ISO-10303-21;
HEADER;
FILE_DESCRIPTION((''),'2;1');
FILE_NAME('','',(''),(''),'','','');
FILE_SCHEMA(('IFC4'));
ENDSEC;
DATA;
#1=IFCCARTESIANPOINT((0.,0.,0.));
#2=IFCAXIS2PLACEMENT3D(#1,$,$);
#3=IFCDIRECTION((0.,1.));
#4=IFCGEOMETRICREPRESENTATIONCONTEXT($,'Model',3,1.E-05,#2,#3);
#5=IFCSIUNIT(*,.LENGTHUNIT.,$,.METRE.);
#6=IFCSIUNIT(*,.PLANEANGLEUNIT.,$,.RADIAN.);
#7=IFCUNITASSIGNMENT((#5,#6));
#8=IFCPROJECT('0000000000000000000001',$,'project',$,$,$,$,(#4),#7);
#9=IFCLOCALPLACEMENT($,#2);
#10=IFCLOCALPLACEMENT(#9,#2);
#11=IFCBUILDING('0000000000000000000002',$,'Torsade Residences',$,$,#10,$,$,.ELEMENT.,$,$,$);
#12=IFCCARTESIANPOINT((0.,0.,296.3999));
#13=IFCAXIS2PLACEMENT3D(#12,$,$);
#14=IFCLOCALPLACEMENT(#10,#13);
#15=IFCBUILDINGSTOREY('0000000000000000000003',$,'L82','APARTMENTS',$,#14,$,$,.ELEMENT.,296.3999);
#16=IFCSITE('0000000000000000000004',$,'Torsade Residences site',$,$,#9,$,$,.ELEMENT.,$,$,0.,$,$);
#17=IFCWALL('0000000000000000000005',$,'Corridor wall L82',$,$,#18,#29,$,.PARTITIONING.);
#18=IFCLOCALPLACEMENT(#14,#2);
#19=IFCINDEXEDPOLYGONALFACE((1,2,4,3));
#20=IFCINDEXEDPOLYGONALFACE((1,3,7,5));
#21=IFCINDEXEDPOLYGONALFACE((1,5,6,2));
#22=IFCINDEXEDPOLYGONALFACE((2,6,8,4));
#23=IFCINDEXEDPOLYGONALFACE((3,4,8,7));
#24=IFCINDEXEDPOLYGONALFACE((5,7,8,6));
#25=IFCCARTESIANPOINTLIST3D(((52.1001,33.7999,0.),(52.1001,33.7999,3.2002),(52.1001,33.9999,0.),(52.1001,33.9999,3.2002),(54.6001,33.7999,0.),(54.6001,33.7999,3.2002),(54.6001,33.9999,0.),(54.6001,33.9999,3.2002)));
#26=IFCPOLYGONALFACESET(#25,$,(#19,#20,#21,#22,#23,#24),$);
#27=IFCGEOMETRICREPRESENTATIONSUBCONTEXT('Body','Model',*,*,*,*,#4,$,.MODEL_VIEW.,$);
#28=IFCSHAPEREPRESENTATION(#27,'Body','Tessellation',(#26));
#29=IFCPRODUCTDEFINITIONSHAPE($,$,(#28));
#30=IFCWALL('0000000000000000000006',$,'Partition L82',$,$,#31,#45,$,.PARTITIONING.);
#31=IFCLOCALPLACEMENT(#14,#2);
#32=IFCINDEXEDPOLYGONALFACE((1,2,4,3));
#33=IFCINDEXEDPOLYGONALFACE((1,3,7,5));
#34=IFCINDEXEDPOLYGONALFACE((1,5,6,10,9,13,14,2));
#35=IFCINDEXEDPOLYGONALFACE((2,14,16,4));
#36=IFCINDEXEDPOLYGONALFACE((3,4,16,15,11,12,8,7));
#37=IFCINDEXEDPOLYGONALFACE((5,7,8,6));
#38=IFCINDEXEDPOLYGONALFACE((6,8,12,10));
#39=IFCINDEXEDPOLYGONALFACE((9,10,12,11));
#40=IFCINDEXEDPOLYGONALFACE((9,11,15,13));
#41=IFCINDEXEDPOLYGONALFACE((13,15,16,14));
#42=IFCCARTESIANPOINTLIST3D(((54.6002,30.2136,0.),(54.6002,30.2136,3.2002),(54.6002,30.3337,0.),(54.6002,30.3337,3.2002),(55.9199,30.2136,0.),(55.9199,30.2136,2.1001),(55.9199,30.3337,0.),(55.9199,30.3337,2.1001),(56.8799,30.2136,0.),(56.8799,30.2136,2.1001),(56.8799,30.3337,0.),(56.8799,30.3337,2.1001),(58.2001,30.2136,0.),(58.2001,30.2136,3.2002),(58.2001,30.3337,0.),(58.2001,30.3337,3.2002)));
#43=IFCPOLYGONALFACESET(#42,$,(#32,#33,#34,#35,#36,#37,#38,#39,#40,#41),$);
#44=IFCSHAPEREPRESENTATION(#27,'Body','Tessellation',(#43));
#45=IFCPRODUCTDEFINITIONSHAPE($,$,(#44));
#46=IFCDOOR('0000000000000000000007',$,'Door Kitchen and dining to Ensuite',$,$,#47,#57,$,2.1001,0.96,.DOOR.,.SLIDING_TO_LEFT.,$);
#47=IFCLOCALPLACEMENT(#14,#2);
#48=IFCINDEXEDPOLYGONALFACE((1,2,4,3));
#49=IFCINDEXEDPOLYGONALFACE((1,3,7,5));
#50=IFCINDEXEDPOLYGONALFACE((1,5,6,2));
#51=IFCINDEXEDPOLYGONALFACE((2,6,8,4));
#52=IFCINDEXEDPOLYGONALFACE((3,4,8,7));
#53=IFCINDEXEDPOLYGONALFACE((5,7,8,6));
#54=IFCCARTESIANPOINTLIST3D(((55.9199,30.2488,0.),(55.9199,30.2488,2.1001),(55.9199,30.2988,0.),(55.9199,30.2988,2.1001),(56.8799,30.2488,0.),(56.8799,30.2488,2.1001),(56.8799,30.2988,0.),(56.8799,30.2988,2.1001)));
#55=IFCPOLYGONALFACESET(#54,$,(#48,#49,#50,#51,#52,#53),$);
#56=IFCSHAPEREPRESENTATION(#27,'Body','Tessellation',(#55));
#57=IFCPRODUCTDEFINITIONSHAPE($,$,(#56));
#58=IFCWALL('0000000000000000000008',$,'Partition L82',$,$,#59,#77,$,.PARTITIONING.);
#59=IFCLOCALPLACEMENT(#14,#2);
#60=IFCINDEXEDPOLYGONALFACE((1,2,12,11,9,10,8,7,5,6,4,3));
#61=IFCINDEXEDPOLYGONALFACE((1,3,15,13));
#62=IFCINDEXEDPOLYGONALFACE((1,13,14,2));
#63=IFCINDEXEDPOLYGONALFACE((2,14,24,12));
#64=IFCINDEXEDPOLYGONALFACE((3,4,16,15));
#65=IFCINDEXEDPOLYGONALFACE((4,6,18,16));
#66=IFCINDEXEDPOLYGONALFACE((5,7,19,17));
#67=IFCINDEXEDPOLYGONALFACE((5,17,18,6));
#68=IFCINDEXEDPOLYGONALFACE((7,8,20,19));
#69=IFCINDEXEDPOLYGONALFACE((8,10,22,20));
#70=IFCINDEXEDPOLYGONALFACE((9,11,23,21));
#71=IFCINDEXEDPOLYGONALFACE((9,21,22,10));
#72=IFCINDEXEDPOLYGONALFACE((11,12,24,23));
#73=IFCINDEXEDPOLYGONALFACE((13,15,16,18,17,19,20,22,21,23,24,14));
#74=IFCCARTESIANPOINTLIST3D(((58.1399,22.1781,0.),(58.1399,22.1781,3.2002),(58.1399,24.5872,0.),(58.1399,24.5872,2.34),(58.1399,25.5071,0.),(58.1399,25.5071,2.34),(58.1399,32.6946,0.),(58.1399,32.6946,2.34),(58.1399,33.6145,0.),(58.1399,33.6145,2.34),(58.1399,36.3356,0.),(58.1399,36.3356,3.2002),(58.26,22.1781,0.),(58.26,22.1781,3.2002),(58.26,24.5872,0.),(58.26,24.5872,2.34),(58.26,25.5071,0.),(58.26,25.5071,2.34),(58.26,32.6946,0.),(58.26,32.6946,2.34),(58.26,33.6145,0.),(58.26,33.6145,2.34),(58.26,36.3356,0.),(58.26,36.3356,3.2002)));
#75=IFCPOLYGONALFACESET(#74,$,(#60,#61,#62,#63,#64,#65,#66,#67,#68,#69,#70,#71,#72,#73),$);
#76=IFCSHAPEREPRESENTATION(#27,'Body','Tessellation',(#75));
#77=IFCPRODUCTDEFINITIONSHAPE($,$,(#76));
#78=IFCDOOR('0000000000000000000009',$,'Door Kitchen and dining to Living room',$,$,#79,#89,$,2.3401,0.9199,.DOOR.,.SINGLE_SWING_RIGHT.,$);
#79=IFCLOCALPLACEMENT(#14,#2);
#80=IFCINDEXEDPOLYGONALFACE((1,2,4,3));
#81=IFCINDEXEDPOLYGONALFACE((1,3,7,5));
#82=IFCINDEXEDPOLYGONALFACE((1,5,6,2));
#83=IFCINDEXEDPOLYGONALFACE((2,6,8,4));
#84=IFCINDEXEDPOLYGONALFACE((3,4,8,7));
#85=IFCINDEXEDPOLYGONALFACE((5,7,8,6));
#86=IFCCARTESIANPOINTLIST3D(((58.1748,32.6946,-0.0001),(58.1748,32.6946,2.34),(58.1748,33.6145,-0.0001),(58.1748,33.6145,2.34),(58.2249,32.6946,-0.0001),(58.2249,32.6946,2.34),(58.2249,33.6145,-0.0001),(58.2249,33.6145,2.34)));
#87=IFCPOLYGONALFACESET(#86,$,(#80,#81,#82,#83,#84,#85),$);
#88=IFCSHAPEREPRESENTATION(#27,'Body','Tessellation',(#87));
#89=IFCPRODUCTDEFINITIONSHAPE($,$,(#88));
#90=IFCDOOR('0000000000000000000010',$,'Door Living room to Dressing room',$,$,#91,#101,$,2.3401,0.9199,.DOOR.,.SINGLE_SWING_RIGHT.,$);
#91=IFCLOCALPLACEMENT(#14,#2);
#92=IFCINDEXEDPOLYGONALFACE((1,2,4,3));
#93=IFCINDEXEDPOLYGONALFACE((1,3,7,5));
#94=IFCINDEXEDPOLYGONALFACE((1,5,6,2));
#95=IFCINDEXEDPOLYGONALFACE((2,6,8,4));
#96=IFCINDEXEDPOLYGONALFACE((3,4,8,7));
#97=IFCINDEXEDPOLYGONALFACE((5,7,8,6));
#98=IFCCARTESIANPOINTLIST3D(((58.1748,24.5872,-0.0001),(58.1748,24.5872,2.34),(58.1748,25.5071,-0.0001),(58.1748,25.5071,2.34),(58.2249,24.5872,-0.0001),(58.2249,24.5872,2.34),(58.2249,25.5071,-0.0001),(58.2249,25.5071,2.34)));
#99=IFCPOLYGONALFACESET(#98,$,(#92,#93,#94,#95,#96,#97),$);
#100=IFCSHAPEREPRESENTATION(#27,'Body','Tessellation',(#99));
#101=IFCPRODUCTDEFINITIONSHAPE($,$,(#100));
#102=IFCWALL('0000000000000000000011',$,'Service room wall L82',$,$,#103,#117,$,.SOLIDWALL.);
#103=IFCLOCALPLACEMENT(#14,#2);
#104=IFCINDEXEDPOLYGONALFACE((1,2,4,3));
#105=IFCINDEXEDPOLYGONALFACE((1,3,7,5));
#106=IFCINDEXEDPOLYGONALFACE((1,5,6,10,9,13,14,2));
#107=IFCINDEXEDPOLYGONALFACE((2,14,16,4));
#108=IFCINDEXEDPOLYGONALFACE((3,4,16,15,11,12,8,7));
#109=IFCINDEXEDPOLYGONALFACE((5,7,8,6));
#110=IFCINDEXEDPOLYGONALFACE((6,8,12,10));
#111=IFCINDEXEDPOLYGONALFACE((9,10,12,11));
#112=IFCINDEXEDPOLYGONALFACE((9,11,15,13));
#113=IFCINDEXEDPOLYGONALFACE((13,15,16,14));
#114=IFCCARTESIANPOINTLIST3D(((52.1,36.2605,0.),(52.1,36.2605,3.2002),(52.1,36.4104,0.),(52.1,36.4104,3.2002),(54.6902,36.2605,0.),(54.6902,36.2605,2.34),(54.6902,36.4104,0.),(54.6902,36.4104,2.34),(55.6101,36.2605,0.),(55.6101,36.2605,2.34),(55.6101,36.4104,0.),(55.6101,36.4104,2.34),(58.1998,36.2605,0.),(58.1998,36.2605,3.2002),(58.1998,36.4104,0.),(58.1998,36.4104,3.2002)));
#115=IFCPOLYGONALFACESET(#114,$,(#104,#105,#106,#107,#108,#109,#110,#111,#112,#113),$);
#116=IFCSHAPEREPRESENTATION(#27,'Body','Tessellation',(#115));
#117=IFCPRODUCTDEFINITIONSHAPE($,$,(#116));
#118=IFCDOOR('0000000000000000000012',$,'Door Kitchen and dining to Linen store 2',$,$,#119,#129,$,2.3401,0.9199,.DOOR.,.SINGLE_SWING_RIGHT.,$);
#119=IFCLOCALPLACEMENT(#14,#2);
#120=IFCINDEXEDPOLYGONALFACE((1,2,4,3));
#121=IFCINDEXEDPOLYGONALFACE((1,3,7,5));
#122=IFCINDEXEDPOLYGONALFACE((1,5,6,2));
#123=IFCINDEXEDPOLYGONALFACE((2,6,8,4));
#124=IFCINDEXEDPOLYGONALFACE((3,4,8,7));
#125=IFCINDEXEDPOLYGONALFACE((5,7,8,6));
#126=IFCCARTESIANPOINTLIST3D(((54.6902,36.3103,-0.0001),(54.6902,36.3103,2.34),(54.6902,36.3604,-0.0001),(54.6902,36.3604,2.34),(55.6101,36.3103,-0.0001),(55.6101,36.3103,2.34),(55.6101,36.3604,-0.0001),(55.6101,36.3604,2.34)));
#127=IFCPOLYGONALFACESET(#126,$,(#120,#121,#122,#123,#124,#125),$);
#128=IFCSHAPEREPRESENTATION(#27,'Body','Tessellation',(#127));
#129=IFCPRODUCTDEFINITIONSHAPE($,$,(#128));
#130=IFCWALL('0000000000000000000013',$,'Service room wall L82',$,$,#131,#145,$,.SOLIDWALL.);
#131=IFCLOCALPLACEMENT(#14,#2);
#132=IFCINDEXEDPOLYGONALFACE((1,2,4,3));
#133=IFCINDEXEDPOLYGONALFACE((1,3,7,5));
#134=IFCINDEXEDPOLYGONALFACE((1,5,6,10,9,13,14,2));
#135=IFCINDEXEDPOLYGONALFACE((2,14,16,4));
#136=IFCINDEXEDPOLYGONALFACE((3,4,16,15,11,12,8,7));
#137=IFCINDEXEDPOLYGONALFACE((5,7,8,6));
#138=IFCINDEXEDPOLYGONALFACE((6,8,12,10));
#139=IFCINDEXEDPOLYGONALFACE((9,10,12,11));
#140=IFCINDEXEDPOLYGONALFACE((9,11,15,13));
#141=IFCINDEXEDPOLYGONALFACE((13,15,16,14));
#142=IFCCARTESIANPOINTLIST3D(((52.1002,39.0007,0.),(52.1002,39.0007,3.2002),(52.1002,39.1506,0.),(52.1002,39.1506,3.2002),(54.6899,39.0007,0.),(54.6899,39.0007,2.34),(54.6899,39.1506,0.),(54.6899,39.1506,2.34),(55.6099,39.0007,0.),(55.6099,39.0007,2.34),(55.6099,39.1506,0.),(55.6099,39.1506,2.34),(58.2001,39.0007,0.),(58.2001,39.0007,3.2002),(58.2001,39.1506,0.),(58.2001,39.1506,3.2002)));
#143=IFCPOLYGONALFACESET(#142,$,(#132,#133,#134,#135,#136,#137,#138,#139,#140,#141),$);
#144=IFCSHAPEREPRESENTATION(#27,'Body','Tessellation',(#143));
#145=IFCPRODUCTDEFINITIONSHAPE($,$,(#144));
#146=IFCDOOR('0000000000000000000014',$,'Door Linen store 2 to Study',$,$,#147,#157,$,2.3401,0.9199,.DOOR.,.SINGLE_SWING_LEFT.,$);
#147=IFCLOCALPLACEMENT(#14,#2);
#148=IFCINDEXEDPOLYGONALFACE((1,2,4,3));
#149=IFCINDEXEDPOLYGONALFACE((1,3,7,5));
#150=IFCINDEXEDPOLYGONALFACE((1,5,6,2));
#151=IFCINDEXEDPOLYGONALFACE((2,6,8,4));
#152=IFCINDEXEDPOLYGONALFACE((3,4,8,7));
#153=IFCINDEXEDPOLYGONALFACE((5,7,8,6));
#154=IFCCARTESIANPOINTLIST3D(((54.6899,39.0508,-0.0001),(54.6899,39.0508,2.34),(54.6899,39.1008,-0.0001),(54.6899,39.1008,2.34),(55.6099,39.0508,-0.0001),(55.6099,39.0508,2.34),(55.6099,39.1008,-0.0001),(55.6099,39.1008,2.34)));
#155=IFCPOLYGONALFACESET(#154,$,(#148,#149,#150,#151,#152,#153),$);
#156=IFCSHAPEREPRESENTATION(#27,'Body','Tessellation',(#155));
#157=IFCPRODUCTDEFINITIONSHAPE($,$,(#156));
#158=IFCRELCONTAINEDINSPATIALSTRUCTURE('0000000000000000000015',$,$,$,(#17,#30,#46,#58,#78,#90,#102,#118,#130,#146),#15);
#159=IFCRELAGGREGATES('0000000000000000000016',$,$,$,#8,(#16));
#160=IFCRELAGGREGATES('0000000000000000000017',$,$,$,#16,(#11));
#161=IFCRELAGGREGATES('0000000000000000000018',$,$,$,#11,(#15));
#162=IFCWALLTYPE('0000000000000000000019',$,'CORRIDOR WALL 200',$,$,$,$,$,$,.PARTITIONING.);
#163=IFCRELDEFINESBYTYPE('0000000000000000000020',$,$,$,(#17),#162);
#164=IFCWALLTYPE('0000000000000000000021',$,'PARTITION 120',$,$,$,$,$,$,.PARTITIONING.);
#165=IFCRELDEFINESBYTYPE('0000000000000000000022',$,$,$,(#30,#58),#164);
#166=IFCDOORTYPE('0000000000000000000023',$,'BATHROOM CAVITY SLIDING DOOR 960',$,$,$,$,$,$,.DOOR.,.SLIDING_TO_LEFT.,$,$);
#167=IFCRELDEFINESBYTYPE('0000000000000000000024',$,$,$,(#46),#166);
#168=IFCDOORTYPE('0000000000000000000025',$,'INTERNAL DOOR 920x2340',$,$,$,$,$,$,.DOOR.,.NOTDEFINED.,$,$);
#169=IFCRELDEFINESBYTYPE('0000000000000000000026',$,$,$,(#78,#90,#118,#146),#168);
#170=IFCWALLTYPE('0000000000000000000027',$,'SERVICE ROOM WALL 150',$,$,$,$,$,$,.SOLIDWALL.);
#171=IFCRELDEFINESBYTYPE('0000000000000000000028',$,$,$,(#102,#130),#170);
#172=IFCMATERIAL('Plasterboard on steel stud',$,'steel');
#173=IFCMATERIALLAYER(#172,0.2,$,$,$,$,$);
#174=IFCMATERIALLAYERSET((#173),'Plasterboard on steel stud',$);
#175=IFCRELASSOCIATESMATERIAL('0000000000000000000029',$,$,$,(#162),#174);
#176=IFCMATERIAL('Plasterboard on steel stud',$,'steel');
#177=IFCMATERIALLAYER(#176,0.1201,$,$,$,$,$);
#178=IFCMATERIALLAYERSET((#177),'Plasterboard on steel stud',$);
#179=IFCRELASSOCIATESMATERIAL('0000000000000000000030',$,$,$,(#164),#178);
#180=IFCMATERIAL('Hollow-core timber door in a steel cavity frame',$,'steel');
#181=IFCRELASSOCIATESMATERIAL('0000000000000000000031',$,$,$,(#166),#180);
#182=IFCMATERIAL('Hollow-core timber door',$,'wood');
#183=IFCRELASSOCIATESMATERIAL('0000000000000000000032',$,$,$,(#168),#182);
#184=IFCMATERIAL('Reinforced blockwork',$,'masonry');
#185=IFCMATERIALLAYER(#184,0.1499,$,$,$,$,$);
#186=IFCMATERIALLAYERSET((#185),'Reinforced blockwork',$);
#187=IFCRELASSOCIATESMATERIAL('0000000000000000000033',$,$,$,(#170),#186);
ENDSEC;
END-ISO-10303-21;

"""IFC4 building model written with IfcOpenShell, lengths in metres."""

from ifc_helpers import new_model, si_unit, direction, frame, frame_2d, origin, place, context, subcontext, project, spatial, rectangle, extrude, material, layer, layer_set, type_object, element, fill, save


model = new_model("IFC4")

# Units and contexts
model_context = context("Model", 3, precision=1e-05, world=origin(), true_north=direction((0.0, 1.0)))
body_context = subcontext(model_context, "Body", "Model", "MODEL_VIEW")
ifc_project = project(units=[si_unit("LENGTHUNIT", "METRE"), si_unit("PLANEANGLEUNIT", "RADIAN")], contexts=[model_context])

# Site, building, storey
site_placement = place(None, origin())
site = spatial("IfcSite", under=ifc_project, at=site_placement, Name="Torsade Residences site", CompositionType="ELEMENT", RefElevation=0.0)
building_placement = place(site_placement, origin())
building = spatial("IfcBuilding", under=site, at=building_placement, Name="Torsade Residences", CompositionType="ELEMENT")
storey_placement = place(building_placement, frame((0.0, 0.0, 296.3999)))
storey = spatial("IfcBuildingStorey", under=building, at=storey_placement, Name="L82", Description="APARTMENTS", CompositionType="ELEMENT", Elevation=296.3999)

# Wall
ifc_material_1 = material(Name="Plasterboard on steel stud", Category="steel")
ifc_layer_1 = layer(ifc_material_1, 0.2)
ifc_layer_set_1 = layer_set([ifc_layer_1], Name="Plasterboard on steel stud")
wall_type_1 = type_object("IfcWallType", Name="CORRIDOR WALL 200", PredefinedType="PARTITIONING", material=ifc_layer_set_1)
wall_1_placement = place(storey_placement, frame((52.1001, 33.8999, 0.0), z_axis=(0.0, 0.0, 1.0), x_axis=(1.0, 0.0, 0.0)))
element("IfcWall", 1, at=wall_1_placement, inside=storey, type_object=wall_type_1, Name="Corridor wall L82", PredefinedType="PARTITIONING", context=body_context, shape_type="SweptSolid", body=[
    extrude(rectangle(XDim=2.5, YDim=0.2, at=frame_2d((1.25, 0.0))), origin(), (0.0, 0.0, 1.0), 3.2002),
])

# Wall, opening, door
ifc_material_2 = material(Name="Plasterboard on steel stud", Category="steel")
ifc_layer_2 = layer(ifc_material_2, 0.1201)
ifc_layer_set_2 = layer_set([ifc_layer_2], Name="Plasterboard on steel stud")
wall_type_2 = type_object("IfcWallType", Name="PARTITION 120", PredefinedType="PARTITIONING", material=ifc_layer_set_2)
wall_2_placement = place(storey_placement, frame((58.2, 30.2737, 0.0), z_axis=(0.0, 0.0, 1.0), x_axis=(-1.0, 0.0, 0.0)))
wall_2 = element("IfcWall", 2, at=wall_2_placement, inside=storey, type_object=wall_type_2, Name="Partition L82", PredefinedType="PARTITIONING", context=body_context, shape_type="SweptSolid", body=[
    extrude(rectangle(XDim=3.5999, YDim=0.1201, at=frame_2d((1.7998, 0.0))), origin(), (0.0, 0.0, 1.0), 3.2002),
])
opening_1_placement = place(wall_2_placement, frame((1.3201, 0.0, 0.0)))
opening_1 = element("IfcOpeningElement", 3, at=opening_1_placement, cuts=wall_2, PredefinedType="OPENING", context=body_context, shape_type="SweptSolid", body=[
    extrude(rectangle(XDim=0.96, YDim=2.1001, at=frame_2d((0.48, 1.05))), frame((0.0, 0.0701, 0.0), z_axis=(0.0, -1.0, 0.0), x_axis=(1.0, 0.0, 0.0)), (0.0, 0.0, 1.0), 0.1401),
])
ifc_material_3 = material(Name="Hollow-core timber door in a steel cavity frame", Category="steel")
door_type_1 = type_object("IfcDoorType", Name="BATHROOM CAVITY SLIDING DOOR 960", OperationType="SLIDING_TO_LEFT", PredefinedType="DOOR", material=ifc_material_3)
door_1_placement = place(opening_1_placement, origin())
door_1 = element("IfcDoor", 4, at=door_1_placement, inside=storey, type_object=door_type_1, Name="Door Kitchen and dining to Ensuite", OperationType="SLIDING_TO_LEFT", OverallHeight=2.1001, OverallWidth=0.96, PredefinedType="DOOR", context=body_context, shape_type="SweptSolid", body=[
    extrude(rectangle(XDim=0.96, YDim=2.1001, at=frame_2d((0.48, 1.05))), frame((0.0, 0.0249, 0.0), z_axis=(0.0, -1.0, 0.0), x_axis=(1.0, 0.0, 0.0)), (0.0, 0.0, 1.0), 0.05),
])
fill(opening_1, door_1)

# Wall, openings, doors
wall_3_placement = place(storey_placement, frame((58.2, 36.3354, 0.0), z_axis=(0.0, 0.0, 1.0), x_axis=(0.0, -1.0, 0.0)))
wall_3 = element("IfcWall", 5, at=wall_3_placement, inside=storey, type_object=wall_type_2, Name="Partition L82", PredefinedType="PARTITIONING", context=body_context, shape_type="SweptSolid", body=[
    extrude(rectangle(XDim=14.1575, YDim=0.1201, at=frame_2d((7.0786, 0.0))), origin(), (0.0, 0.0, 1.0), 3.2002),
])
opening_2_placement = place(wall_3_placement, frame((2.7209, 0.0, 0.0)))
opening_2 = element("IfcOpeningElement", 6, at=opening_2_placement, cuts=wall_3, PredefinedType="OPENING", context=body_context, shape_type="SweptSolid", body=[
    extrude(rectangle(XDim=0.9199, YDim=2.3401, at=frame_2d((0.46, 1.1699))), frame((0.0, 0.0701, 0.0), z_axis=(0.0, -1.0, 0.0), x_axis=(1.0, 0.0, 0.0)), (0.0, 0.0, 1.0), 0.1401),
])
opening_3_placement = place(wall_3_placement, frame((10.8284, 0.0, 0.0)))
opening_3 = element("IfcOpeningElement", 7, at=opening_3_placement, cuts=wall_3, PredefinedType="OPENING", context=body_context, shape_type="SweptSolid", body=[
    extrude(rectangle(XDim=0.9199, YDim=2.3401, at=frame_2d((0.46, 1.1699))), frame((0.0, 0.0701, 0.0), z_axis=(0.0, -1.0, 0.0), x_axis=(1.0, 0.0, 0.0)), (0.0, 0.0, 1.0), 0.1401),
])
ifc_material_4 = material(Name="Hollow-core timber door", Category="wood")
door_type_2 = type_object("IfcDoorType", Name="INTERNAL DOOR 920x2340", OperationType="NOTDEFINED", PredefinedType="DOOR", material=ifc_material_4)
door_2_placement = place(opening_2_placement, origin())
door_2 = element("IfcDoor", 8, at=door_2_placement, inside=storey, type_object=door_type_2, Name="Door Kitchen and dining to Living room", OperationType="SINGLE_SWING_RIGHT", OverallHeight=2.3401, OverallWidth=0.9199, PredefinedType="DOOR", context=body_context, shape_type="SweptSolid", body=[
    extrude(rectangle(XDim=0.9199, YDim=2.3401, at=frame_2d((0.46, 1.1699))), frame((0.0, 0.0249, 0.0), z_axis=(0.0, -1.0, 0.0), x_axis=(1.0, 0.0, 0.0)), (0.0, 0.0, 1.0), 0.05),
])
fill(opening_2, door_2)
door_3_placement = place(opening_3_placement, origin())
door_3 = element("IfcDoor", 9, at=door_3_placement, inside=storey, type_object=door_type_2, Name="Door Living room to Dressing room", OperationType="SINGLE_SWING_RIGHT", OverallHeight=2.3401, OverallWidth=0.9199, PredefinedType="DOOR", context=body_context, shape_type="SweptSolid", body=[
    extrude(rectangle(XDim=0.9199, YDim=2.3401, at=frame_2d((0.46, 1.1699))), frame((0.0, 0.0249, 0.0), z_axis=(0.0, -1.0, 0.0), x_axis=(1.0, 0.0, 0.0)), (0.0, 0.0, 1.0), 0.05),
])
fill(opening_3, door_3)

# Walls, openings, doors
ifc_material_5 = material(Name="Reinforced blockwork", Category="masonry")
ifc_layer_3 = layer(ifc_material_5, 0.1499)
ifc_layer_set_3 = layer_set([ifc_layer_3], Name="Reinforced blockwork")
wall_type_3 = type_object("IfcWallType", Name="SERVICE ROOM WALL 150", PredefinedType="SOLIDWALL", material=ifc_layer_set_3)
wall_4_placement = place(storey_placement, frame((52.1001, 36.3354, 0.0), z_axis=(0.0, 0.0, 1.0), x_axis=(1.0, 0.0, 0.0)))
wall_4 = element("IfcWall", 10, at=wall_4_placement, inside=storey, type_object=wall_type_3, Name="Service room wall L82", PredefinedType="SOLIDWALL", context=body_context, shape_type="SweptSolid", body=[
    extrude(rectangle(XDim=6.0999, YDim=0.1499, at=frame_2d((3.0498, 0.0))), origin(), (0.0, 0.0, 1.0), 3.2002),
])
opening_4_placement = place(wall_4_placement, frame((2.5901, 0.0, 0.0)))
opening_4 = element("IfcOpeningElement", 11, at=opening_4_placement, cuts=wall_4, PredefinedType="OPENING", context=body_context, shape_type="SweptSolid", body=[
    extrude(rectangle(XDim=0.9199, YDim=2.3401, at=frame_2d((0.46, 1.1699))), frame((0.0, 0.085, 0.0), z_axis=(0.0, -1.0, 0.0), x_axis=(1.0, 0.0, 0.0)), (0.0, 0.0, 1.0), 0.1699),
])
door_4_placement = place(opening_4_placement, origin())
door_4 = element("IfcDoor", 12, at=door_4_placement, inside=storey, type_object=door_type_2, Name="Door Kitchen and dining to Linen store 2", OperationType="SINGLE_SWING_RIGHT", OverallHeight=2.3401, OverallWidth=0.9199, PredefinedType="DOOR", context=body_context, shape_type="SweptSolid", body=[
    extrude(rectangle(XDim=0.9199, YDim=2.3401, at=frame_2d((0.46, 1.1699))), frame((0.0, 0.0249, 0.0), z_axis=(0.0, -1.0, 0.0), x_axis=(1.0, 0.0, 0.0)), (0.0, 0.0, 1.0), 0.05),
])
fill(opening_4, door_4)
wall_5_placement = place(storey_placement, frame((58.2, 39.0757, 0.0), z_axis=(0.0, 0.0, 1.0), x_axis=(-1.0, 0.0, 0.0)))
wall_5 = element("IfcWall", 13, at=wall_5_placement, inside=storey, type_object=wall_type_3, Name="Service room wall L82", PredefinedType="SOLIDWALL", context=body_context, shape_type="SweptSolid", body=[
    extrude(rectangle(XDim=6.0999, YDim=0.1499, at=frame_2d((3.0498, 0.0))), origin(), (0.0, 0.0, 1.0), 3.2002),
])
opening_5_placement = place(wall_5_placement, frame((2.5901, 0.0, 0.0)))
opening_5 = element("IfcOpeningElement", 14, at=opening_5_placement, cuts=wall_5, PredefinedType="OPENING", context=body_context, shape_type="SweptSolid", body=[
    extrude(rectangle(XDim=0.9199, YDim=2.3401, at=frame_2d((0.46, 1.1699))), frame((0.0, 0.085, 0.0), z_axis=(0.0, -1.0, 0.0), x_axis=(1.0, 0.0, 0.0)), (0.0, 0.0, 1.0), 0.1699),
])
door_5_placement = place(opening_5_placement, origin())
door_5 = element("IfcDoor", 15, at=door_5_placement, inside=storey, type_object=door_type_2, Name="Door Linen store 2 to Study", OperationType="SINGLE_SWING_LEFT", OverallHeight=2.3401, OverallWidth=0.9199, PredefinedType="DOOR", context=body_context, shape_type="SweptSolid", body=[
    extrude(rectangle(XDim=0.9199, YDim=2.3401, at=frame_2d((0.46, 1.1699))), frame((0.0, 0.0249, 0.0), z_axis=(0.0, -1.0, 0.0), x_axis=(1.0, 0.0, 0.0)), (0.0, 0.0, 1.0), 0.05),
])
fill(opening_5, door_5)

save(model, "model.ifc")
